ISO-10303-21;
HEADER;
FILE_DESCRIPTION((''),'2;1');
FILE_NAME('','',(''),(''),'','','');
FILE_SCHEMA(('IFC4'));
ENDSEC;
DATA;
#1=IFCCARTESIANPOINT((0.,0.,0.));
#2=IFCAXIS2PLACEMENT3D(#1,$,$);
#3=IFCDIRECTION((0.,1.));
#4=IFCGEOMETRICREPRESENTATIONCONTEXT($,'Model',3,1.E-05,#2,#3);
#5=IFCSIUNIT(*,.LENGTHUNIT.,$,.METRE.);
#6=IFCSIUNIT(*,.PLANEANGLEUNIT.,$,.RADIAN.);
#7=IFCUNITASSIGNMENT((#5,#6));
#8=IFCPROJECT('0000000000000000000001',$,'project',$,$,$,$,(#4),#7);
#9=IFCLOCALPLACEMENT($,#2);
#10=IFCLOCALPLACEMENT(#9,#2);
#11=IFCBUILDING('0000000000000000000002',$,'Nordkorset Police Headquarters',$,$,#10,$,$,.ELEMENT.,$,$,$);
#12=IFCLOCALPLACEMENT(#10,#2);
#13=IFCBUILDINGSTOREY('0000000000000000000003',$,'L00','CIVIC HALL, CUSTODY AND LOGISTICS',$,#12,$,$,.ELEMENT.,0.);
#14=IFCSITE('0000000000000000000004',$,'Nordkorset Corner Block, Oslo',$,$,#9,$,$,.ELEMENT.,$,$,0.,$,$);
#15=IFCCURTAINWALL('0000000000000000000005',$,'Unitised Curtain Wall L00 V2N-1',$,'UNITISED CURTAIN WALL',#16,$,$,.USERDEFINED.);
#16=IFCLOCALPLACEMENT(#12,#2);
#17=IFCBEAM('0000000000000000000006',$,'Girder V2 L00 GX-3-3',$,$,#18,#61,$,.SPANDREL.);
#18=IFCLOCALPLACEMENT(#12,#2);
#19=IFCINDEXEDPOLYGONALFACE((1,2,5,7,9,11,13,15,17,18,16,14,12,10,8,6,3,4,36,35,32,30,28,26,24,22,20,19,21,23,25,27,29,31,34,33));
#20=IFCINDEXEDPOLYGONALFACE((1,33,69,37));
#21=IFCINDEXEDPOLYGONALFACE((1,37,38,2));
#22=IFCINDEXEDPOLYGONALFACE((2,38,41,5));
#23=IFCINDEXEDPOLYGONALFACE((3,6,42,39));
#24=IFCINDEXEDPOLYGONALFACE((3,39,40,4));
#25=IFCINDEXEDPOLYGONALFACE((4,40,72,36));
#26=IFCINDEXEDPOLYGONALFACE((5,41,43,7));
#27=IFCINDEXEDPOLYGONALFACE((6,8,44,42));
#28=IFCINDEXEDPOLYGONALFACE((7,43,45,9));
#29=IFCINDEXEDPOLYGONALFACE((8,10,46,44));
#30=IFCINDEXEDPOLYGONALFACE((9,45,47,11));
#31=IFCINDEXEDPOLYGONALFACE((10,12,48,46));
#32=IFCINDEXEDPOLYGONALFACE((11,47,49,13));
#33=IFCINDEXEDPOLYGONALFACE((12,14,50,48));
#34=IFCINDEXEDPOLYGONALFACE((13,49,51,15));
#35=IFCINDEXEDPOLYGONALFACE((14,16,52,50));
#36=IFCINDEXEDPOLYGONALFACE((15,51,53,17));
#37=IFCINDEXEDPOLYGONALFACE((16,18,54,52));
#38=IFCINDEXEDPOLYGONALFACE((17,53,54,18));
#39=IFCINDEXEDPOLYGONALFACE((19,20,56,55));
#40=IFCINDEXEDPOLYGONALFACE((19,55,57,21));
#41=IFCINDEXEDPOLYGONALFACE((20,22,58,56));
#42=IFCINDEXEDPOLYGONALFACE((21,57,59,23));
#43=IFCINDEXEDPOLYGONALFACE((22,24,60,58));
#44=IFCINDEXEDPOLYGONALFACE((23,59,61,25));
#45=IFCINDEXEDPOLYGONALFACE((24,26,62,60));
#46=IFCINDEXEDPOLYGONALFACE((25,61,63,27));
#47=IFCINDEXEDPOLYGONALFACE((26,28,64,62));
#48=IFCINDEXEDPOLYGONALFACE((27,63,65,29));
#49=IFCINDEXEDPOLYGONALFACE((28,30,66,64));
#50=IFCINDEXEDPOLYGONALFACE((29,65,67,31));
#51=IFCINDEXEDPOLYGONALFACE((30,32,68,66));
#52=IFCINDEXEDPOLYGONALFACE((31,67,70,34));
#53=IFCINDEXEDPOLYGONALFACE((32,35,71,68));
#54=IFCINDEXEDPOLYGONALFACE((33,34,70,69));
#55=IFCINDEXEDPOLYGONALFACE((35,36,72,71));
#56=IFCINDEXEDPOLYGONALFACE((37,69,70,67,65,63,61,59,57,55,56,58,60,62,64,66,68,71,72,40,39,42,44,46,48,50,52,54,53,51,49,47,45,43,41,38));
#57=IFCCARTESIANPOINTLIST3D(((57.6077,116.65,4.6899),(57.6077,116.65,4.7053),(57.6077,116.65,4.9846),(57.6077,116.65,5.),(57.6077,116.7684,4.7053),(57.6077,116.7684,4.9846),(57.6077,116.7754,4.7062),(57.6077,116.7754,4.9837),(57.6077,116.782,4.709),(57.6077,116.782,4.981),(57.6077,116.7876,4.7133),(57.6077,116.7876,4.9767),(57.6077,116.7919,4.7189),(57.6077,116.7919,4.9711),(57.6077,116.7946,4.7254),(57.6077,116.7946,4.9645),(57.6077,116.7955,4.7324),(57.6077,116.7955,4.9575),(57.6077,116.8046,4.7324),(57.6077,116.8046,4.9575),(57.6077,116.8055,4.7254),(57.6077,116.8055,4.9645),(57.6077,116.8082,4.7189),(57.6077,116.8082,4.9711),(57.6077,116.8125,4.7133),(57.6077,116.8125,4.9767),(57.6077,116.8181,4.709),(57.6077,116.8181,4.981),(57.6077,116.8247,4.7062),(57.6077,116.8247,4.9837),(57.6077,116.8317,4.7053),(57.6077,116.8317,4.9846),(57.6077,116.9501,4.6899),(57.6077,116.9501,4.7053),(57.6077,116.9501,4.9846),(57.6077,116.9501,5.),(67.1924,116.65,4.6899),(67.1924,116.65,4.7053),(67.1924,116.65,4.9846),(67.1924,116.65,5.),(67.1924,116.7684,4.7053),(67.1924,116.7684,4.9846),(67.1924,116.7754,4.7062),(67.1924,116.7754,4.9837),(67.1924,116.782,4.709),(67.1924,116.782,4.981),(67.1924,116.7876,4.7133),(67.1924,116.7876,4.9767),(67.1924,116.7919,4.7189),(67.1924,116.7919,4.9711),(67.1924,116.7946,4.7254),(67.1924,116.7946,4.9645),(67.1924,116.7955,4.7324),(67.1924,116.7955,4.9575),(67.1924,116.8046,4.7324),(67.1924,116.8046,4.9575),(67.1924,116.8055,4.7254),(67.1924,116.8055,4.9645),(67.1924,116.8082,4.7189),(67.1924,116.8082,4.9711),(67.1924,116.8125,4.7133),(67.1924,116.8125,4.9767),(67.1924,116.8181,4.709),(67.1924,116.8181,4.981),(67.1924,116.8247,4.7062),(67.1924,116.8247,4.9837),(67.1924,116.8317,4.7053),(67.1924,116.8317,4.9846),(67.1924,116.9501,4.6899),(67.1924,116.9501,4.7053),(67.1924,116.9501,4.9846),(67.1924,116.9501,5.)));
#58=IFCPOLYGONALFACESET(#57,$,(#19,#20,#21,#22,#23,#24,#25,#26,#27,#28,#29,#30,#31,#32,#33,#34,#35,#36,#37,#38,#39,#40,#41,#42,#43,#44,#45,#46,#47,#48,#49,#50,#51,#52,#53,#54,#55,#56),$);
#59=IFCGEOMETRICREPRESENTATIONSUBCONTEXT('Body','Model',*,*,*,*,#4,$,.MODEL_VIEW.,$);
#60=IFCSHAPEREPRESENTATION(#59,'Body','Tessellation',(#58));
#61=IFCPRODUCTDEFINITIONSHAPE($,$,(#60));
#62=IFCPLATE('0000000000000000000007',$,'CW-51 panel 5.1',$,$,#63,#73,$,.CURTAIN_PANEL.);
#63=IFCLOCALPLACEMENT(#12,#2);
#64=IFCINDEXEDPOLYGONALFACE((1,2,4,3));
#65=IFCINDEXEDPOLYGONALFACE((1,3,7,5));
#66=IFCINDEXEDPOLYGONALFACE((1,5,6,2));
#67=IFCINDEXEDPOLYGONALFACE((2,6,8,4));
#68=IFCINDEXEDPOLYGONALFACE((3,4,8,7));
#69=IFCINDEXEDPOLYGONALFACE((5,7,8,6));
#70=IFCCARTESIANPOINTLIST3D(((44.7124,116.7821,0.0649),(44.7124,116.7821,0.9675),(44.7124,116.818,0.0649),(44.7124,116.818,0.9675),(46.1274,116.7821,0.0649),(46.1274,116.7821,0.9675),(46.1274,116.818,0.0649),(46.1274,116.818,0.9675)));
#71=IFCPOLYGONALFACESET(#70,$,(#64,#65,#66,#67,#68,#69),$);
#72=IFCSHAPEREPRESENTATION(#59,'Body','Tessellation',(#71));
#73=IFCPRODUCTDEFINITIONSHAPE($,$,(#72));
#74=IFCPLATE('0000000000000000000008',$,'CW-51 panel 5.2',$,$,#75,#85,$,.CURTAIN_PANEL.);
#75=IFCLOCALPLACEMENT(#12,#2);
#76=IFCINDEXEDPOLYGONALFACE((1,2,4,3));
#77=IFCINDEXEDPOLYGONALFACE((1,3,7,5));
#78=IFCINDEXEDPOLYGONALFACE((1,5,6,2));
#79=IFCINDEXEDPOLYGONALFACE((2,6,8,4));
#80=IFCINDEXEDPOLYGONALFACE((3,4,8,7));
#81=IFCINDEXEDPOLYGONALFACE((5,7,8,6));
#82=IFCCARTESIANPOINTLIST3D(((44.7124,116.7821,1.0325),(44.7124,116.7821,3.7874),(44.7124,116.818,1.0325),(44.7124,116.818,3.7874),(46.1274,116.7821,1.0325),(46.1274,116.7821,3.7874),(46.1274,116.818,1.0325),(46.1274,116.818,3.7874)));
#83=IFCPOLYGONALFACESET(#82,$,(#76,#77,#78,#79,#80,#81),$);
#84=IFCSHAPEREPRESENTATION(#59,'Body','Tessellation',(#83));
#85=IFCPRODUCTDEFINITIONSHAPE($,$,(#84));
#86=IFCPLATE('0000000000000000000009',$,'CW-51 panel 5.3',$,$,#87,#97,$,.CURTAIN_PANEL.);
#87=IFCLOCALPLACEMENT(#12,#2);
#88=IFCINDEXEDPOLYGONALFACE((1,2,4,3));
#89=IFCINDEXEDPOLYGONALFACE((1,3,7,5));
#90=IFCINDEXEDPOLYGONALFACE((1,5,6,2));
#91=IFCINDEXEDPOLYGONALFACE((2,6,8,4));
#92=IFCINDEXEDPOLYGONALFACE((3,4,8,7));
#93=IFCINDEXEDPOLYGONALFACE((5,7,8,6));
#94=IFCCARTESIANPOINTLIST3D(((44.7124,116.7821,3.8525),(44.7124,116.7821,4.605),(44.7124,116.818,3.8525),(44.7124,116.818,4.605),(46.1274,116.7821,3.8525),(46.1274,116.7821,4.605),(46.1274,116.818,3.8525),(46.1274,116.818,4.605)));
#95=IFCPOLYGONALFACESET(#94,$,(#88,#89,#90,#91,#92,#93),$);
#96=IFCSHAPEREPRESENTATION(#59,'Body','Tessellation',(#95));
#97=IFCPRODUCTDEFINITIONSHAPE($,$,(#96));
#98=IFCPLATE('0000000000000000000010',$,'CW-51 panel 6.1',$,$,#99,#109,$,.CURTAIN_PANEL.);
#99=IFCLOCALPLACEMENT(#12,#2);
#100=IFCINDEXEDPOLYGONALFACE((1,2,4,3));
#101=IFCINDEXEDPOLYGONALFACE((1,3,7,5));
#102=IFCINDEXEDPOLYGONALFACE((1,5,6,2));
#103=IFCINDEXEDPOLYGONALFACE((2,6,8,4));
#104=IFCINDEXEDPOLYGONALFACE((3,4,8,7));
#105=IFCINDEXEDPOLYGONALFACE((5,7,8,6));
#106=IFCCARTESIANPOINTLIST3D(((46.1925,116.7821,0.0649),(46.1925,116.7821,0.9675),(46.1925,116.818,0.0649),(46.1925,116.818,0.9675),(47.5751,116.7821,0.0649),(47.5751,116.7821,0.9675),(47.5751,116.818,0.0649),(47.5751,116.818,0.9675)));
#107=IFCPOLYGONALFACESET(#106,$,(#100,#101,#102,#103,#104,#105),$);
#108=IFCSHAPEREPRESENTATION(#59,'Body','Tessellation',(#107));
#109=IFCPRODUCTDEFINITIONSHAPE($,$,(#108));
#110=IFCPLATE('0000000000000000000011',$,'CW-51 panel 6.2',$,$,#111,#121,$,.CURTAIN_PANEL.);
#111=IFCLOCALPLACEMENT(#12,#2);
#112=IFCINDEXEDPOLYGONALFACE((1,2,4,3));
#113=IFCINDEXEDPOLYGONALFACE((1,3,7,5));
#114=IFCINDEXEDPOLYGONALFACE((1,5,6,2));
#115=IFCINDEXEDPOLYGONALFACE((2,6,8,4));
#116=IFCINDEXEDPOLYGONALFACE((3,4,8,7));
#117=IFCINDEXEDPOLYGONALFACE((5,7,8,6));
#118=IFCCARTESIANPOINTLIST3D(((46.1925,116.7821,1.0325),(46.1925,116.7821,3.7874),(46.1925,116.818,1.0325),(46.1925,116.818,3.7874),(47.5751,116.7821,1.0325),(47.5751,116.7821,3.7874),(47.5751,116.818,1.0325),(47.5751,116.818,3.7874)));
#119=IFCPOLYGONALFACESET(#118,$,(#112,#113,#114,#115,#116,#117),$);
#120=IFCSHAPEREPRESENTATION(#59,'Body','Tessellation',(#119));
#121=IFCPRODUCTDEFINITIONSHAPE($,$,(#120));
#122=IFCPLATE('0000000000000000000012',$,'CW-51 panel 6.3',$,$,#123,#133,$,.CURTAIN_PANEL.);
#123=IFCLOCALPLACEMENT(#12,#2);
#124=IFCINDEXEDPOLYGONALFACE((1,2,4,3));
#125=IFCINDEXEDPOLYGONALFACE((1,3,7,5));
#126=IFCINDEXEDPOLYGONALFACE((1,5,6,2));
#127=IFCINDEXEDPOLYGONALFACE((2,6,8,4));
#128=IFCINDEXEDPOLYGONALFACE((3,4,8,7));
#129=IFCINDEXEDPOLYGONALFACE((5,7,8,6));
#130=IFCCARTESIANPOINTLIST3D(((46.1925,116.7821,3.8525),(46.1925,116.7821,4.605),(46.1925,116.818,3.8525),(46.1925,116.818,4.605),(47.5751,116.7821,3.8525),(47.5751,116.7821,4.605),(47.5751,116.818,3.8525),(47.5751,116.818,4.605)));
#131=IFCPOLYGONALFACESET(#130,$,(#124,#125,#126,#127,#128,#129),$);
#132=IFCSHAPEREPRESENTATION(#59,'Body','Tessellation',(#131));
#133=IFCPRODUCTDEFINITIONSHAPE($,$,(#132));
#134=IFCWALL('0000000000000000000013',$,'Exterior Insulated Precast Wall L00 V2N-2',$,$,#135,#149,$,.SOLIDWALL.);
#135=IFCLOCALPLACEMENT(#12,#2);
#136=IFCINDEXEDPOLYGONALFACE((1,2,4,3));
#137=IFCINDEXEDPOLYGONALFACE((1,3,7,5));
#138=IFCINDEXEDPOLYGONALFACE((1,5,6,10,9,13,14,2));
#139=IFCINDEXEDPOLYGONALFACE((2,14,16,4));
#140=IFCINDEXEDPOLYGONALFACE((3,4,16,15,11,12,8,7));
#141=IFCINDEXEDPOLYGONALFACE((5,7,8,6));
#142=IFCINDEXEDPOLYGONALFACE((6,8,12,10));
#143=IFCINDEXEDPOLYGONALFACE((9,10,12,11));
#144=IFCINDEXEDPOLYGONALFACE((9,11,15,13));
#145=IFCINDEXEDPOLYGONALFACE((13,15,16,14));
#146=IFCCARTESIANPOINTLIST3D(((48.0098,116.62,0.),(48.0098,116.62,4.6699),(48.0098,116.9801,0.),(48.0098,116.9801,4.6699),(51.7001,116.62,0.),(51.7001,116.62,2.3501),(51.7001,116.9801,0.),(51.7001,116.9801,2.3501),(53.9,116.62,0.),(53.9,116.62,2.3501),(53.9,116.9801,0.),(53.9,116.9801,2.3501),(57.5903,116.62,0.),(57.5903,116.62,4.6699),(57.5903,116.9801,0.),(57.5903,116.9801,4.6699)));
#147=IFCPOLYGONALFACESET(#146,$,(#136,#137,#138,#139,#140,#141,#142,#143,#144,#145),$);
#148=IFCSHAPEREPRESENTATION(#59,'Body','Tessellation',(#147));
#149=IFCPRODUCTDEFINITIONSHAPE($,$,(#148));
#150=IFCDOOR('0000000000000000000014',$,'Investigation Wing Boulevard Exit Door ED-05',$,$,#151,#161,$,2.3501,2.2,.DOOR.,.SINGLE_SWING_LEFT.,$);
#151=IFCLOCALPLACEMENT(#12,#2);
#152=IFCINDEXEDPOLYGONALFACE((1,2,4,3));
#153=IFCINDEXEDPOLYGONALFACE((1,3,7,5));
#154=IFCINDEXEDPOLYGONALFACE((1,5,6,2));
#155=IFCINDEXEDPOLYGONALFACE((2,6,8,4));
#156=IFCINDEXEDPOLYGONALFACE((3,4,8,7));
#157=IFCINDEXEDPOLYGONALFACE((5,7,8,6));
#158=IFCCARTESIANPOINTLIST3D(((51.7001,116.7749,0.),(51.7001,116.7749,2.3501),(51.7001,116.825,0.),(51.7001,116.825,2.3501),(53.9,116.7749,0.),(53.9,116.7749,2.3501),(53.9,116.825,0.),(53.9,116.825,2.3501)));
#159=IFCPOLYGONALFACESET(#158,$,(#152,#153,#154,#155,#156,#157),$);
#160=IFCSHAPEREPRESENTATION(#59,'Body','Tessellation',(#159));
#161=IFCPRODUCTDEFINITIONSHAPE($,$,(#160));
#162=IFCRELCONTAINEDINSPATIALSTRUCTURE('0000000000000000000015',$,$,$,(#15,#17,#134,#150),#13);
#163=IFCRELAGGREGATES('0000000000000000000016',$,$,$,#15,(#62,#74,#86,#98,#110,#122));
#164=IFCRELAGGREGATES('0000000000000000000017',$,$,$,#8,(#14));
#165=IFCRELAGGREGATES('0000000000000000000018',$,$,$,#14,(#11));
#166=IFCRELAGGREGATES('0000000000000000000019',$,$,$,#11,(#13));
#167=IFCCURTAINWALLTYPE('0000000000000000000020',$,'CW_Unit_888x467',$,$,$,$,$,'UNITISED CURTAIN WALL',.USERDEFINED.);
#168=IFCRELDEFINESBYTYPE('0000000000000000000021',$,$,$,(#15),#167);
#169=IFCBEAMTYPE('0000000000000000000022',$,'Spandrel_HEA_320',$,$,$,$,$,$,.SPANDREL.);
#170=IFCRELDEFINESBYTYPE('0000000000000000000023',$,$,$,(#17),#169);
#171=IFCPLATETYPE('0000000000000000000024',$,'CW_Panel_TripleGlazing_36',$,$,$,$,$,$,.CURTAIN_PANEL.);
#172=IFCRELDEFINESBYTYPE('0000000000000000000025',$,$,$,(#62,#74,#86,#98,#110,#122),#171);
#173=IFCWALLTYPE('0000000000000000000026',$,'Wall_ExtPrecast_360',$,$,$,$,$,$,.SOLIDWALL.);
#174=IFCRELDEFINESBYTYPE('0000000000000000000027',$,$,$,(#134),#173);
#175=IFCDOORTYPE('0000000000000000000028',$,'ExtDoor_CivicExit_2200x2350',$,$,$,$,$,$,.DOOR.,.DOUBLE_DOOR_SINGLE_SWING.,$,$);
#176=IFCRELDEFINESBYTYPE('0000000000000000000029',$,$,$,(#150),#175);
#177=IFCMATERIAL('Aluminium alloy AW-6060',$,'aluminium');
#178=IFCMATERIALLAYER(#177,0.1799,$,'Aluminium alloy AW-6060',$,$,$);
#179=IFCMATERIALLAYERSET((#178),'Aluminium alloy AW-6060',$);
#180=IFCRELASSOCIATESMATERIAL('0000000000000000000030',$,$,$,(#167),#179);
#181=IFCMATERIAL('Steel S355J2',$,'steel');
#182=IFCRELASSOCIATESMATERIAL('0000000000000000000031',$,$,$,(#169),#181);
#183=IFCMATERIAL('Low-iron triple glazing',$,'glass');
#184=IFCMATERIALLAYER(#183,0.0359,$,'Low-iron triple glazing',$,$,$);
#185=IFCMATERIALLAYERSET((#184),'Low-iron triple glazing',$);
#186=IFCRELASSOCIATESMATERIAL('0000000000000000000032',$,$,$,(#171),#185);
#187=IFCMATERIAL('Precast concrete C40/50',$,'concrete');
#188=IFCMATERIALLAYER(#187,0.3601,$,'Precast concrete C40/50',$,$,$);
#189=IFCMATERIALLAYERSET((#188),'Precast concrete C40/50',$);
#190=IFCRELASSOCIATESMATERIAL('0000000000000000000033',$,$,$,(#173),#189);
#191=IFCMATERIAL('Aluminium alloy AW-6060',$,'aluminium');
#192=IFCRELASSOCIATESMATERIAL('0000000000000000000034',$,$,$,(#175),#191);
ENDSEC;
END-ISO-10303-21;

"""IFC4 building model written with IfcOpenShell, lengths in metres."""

from ifc_helpers import new_model, si_unit, direction, frame, frame_2d, origin, origin_2d, place, context, subcontext, project, spatial, rectangle, i_section, extrude, material, layer, layer_set, material_profile, profile_set, type_object, element, fill, aggregate, save


model = new_model("IFC4")

# Units and contexts
model_context = context("Model", 3, precision=1e-05, world=origin(), true_north=direction((0.0, 1.0)))
body_context = subcontext(model_context, "Body", "Model", "MODEL_VIEW")
ifc_project = project(units=[si_unit("LENGTHUNIT", "METRE"), si_unit("PLANEANGLEUNIT", "RADIAN")], contexts=[model_context])

# Site, building, storey
site_placement = place(None, origin())
site = spatial("IfcSite", under=ifc_project, at=site_placement, Name="Nordkorset Corner Block, Oslo", CompositionType="ELEMENT", RefElevation=0.0)
building_placement = place(site_placement, origin())
building = spatial("IfcBuilding", under=site, at=building_placement, Name="Nordkorset Police Headquarters", CompositionType="ELEMENT")
storey_placement = place(building_placement, origin())
storey = spatial("IfcBuildingStorey", under=building, at=storey_placement, Name="L00", Description="CIVIC HALL, CUSTODY AND LOGISTICS", CompositionType="ELEMENT", Elevation=0.0)

# Curtain wall
ifc_material_1 = material(Name="Aluminium alloy AW-6060", Category="aluminium")
ifc_layer_1 = layer(ifc_material_1, 0.1799, Name="Aluminium alloy AW-6060")
ifc_layer_set_1 = layer_set([ifc_layer_1], Name="Aluminium alloy AW-6060")
curtain_wall_type = type_object("IfcCurtainWallType", Name="CW_Unit_888x467", ElementType="UNITISED CURTAIN WALL", PredefinedType="USERDEFINED", material=ifc_layer_set_1)
curtain_wall_placement = place(storey_placement, origin())
curtain_wall = element("IfcCurtainWall", 1, at=curtain_wall_placement, inside=storey, type_object=curtain_wall_type, Name="Unitised Curtain Wall L00 V2N-1", ObjectType="UNITISED CURTAIN WALL", PredefinedType="USERDEFINED")

# Beam
ifc_material_2 = material(Name="Steel S355J2", Category="steel")
ifc_material_profile_1 = material_profile(ifc_material_2, i_section(OverallWidth=0.3, OverallDepth=0.3101, WebThickness=0.009, FlangeThickness=0.0154, FilletRadius=0.0271, at=origin_2d()), Name="HEA 320")
ifc_profile_set_1 = profile_set([ifc_material_profile_1], Name="Steel S355J2")
beam_type_1 = type_object("IfcBeamType", Name="Spandrel_HEA_320", PredefinedType="SPANDREL", material=ifc_profile_set_1)
beam_1_placement = place(storey_placement, frame((57.6077, 116.8, 4.845), z_axis=(1.0, 0.0, 0.0), x_axis=(0.0, 1.0, 0.0)))
element("IfcBeam", 2, at=beam_1_placement, inside=storey, type_object=beam_type_1, Name="Girder V2 L00 GX-3-3", PredefinedType="SPANDREL", context=body_context, shape_type="SweptSolid", body=[
    extrude(i_section(OverallWidth=0.3, OverallDepth=0.3101, WebThickness=0.009, FlangeThickness=0.0154, FilletRadius=0.0271, at=origin_2d()), origin(), (0.0, 0.0, 1.0), 9.5847),
])

# Plates
ifc_material_3 = material(Name="Low-iron triple glazing", Category="glass")
ifc_layer_2 = layer(ifc_material_3, 0.0359, Name="Low-iron triple glazing")
ifc_layer_set_2 = layer_set([ifc_layer_2], Name="Low-iron triple glazing")
plate_type = type_object("IfcPlateType", Name="CW_Panel_TripleGlazing_36", PredefinedType="CURTAIN_PANEL", material=ifc_layer_set_2)
plate_1_placement = place(storey_placement, frame((45.4199, 116.8, 0.0649), z_axis=(0.0, 0.0, 1.0), x_axis=(1.0, 0.0, 0.0)))
plate_1 = element("IfcPlate", 3, at=plate_1_placement, type_object=plate_type, Name="CW-51 panel 5.1", PredefinedType="CURTAIN_PANEL", context=body_context, shape_type="SweptSolid", body=[
    extrude(rectangle(XDim=1.415, YDim=0.0359, at=origin_2d()), origin(), (0.0, 0.0, 1.0), 0.9026),
])
plate_2_placement = place(storey_placement, frame((45.4199, 116.8, 1.0325), z_axis=(0.0, 0.0, 1.0), x_axis=(1.0, 0.0, 0.0)))
plate_2 = element("IfcPlate", 4, at=plate_2_placement, type_object=plate_type, Name="CW-51 panel 5.2", PredefinedType="CURTAIN_PANEL", context=body_context, shape_type="SweptSolid", body=[
    extrude(rectangle(XDim=1.415, YDim=0.0359, at=origin_2d()), origin(), (0.0, 0.0, 1.0), 2.7549),
])
plate_3_placement = place(storey_placement, frame((45.4199, 116.8, 3.8525), z_axis=(0.0, 0.0, 1.0), x_axis=(1.0, 0.0, 0.0)))
plate_3 = element("IfcPlate", 5, at=plate_3_placement, type_object=plate_type, Name="CW-51 panel 5.3", PredefinedType="CURTAIN_PANEL", context=body_context, shape_type="SweptSolid", body=[
    extrude(rectangle(XDim=1.415, YDim=0.0359, at=origin_2d()), origin(), (0.0, 0.0, 1.0), 0.7524),
])
plate_4_placement = place(storey_placement, frame((46.8838, 116.8, 0.0649), z_axis=(0.0, 0.0, 1.0), x_axis=(1.0, 0.0, 0.0)))
plate_4 = element("IfcPlate", 6, at=plate_4_placement, type_object=plate_type, Name="CW-51 panel 6.1", PredefinedType="CURTAIN_PANEL", context=body_context, shape_type="SweptSolid", body=[
    extrude(rectangle(XDim=1.3826, YDim=0.0359, at=origin_2d()), origin(), (0.0, 0.0, 1.0), 0.9026),
])
plate_5_placement = place(storey_placement, frame((46.8838, 116.8, 1.0325), z_axis=(0.0, 0.0, 1.0), x_axis=(1.0, 0.0, 0.0)))
plate_5 = element("IfcPlate", 7, at=plate_5_placement, type_object=plate_type, Name="CW-51 panel 6.2", PredefinedType="CURTAIN_PANEL", context=body_context, shape_type="SweptSolid", body=[
    extrude(rectangle(XDim=1.3826, YDim=0.0359, at=origin_2d()), origin(), (0.0, 0.0, 1.0), 2.7549),
])
plate_6_placement = place(storey_placement, frame((46.8838, 116.8, 3.8525), z_axis=(0.0, 0.0, 1.0), x_axis=(1.0, 0.0, 0.0)))
plate_6 = element("IfcPlate", 8, at=plate_6_placement, type_object=plate_type, Name="CW-51 panel 6.3", PredefinedType="CURTAIN_PANEL", context=body_context, shape_type="SweptSolid", body=[
    extrude(rectangle(XDim=1.3826, YDim=0.0359, at=origin_2d()), origin(), (0.0, 0.0, 1.0), 0.7524),
])
aggregate(curtain_wall, [plate_1, plate_2, plate_3, plate_4, plate_5, plate_6])

# Wall, opening, door
ifc_material_4 = material(Name="Precast concrete C40/50", Category="concrete")
ifc_layer_3 = layer(ifc_material_4, 0.3601, Name="Precast concrete C40/50")
ifc_layer_set_3 = layer_set([ifc_layer_3], Name="Precast concrete C40/50")
wall_type = type_object("IfcWallType", Name="Wall_ExtPrecast_360", PredefinedType="SOLIDWALL", material=ifc_layer_set_3)
wall_placement = place(storey_placement, frame((48.0098, 116.8, 0.0), z_axis=(0.0, 0.0, 1.0), x_axis=(1.0, 0.0, 0.0)))
wall = element("IfcWall", 9, at=wall_placement, inside=storey, type_object=wall_type, Name="Exterior Insulated Precast Wall L00 V2N-2", PredefinedType="SOLIDWALL", context=body_context, shape_type="SweptSolid", body=[
    extrude(rectangle(XDim=9.5806, YDim=0.3601, at=frame_2d((4.7903, 0.0))), origin(), (0.0, 0.0, 1.0), 4.6699),
])
opening_placement = place(wall_placement, frame((3.6902, 0.0, 0.0)))
opening = element("IfcOpeningElement", 10, at=opening_placement, cuts=wall, PredefinedType="OPENING", context=body_context, shape_type="SweptSolid", body=[
    extrude(rectangle(XDim=2.2, YDim=2.3501, at=frame_2d((1.1001, 1.175))), frame((0.0, 0.1899, 0.0), z_axis=(0.0, -1.0, 0.0), x_axis=(1.0, 0.0, 0.0)), (0.0, 0.0, 1.0), 0.3801),
])
ifc_material_5 = material(Name="Aluminium alloy AW-6060", Category="aluminium")
door_type = type_object("IfcDoorType", Name="ExtDoor_CivicExit_2200x2350", OperationType="DOUBLE_DOOR_SINGLE_SWING", PredefinedType="DOOR", material=ifc_material_5)
door_placement = place(opening_placement, origin())
door = element("IfcDoor", 11, at=door_placement, inside=storey, type_object=door_type, Name="Investigation Wing Boulevard Exit Door ED-05", OperationType="SINGLE_SWING_LEFT", OverallHeight=2.3501, OverallWidth=2.2, PredefinedType="DOOR", context=body_context, shape_type="SweptSolid", body=[
    extrude(rectangle(XDim=2.2, YDim=2.3501, at=frame_2d((1.1001, 1.175))), frame((0.0, 0.0249, 0.0), z_axis=(0.0, -1.0, 0.0), x_axis=(1.0, 0.0, 0.0)), (0.0, 0.0, 1.0), 0.05),
])
fill(opening, door)

save(model, "model.ifc")
